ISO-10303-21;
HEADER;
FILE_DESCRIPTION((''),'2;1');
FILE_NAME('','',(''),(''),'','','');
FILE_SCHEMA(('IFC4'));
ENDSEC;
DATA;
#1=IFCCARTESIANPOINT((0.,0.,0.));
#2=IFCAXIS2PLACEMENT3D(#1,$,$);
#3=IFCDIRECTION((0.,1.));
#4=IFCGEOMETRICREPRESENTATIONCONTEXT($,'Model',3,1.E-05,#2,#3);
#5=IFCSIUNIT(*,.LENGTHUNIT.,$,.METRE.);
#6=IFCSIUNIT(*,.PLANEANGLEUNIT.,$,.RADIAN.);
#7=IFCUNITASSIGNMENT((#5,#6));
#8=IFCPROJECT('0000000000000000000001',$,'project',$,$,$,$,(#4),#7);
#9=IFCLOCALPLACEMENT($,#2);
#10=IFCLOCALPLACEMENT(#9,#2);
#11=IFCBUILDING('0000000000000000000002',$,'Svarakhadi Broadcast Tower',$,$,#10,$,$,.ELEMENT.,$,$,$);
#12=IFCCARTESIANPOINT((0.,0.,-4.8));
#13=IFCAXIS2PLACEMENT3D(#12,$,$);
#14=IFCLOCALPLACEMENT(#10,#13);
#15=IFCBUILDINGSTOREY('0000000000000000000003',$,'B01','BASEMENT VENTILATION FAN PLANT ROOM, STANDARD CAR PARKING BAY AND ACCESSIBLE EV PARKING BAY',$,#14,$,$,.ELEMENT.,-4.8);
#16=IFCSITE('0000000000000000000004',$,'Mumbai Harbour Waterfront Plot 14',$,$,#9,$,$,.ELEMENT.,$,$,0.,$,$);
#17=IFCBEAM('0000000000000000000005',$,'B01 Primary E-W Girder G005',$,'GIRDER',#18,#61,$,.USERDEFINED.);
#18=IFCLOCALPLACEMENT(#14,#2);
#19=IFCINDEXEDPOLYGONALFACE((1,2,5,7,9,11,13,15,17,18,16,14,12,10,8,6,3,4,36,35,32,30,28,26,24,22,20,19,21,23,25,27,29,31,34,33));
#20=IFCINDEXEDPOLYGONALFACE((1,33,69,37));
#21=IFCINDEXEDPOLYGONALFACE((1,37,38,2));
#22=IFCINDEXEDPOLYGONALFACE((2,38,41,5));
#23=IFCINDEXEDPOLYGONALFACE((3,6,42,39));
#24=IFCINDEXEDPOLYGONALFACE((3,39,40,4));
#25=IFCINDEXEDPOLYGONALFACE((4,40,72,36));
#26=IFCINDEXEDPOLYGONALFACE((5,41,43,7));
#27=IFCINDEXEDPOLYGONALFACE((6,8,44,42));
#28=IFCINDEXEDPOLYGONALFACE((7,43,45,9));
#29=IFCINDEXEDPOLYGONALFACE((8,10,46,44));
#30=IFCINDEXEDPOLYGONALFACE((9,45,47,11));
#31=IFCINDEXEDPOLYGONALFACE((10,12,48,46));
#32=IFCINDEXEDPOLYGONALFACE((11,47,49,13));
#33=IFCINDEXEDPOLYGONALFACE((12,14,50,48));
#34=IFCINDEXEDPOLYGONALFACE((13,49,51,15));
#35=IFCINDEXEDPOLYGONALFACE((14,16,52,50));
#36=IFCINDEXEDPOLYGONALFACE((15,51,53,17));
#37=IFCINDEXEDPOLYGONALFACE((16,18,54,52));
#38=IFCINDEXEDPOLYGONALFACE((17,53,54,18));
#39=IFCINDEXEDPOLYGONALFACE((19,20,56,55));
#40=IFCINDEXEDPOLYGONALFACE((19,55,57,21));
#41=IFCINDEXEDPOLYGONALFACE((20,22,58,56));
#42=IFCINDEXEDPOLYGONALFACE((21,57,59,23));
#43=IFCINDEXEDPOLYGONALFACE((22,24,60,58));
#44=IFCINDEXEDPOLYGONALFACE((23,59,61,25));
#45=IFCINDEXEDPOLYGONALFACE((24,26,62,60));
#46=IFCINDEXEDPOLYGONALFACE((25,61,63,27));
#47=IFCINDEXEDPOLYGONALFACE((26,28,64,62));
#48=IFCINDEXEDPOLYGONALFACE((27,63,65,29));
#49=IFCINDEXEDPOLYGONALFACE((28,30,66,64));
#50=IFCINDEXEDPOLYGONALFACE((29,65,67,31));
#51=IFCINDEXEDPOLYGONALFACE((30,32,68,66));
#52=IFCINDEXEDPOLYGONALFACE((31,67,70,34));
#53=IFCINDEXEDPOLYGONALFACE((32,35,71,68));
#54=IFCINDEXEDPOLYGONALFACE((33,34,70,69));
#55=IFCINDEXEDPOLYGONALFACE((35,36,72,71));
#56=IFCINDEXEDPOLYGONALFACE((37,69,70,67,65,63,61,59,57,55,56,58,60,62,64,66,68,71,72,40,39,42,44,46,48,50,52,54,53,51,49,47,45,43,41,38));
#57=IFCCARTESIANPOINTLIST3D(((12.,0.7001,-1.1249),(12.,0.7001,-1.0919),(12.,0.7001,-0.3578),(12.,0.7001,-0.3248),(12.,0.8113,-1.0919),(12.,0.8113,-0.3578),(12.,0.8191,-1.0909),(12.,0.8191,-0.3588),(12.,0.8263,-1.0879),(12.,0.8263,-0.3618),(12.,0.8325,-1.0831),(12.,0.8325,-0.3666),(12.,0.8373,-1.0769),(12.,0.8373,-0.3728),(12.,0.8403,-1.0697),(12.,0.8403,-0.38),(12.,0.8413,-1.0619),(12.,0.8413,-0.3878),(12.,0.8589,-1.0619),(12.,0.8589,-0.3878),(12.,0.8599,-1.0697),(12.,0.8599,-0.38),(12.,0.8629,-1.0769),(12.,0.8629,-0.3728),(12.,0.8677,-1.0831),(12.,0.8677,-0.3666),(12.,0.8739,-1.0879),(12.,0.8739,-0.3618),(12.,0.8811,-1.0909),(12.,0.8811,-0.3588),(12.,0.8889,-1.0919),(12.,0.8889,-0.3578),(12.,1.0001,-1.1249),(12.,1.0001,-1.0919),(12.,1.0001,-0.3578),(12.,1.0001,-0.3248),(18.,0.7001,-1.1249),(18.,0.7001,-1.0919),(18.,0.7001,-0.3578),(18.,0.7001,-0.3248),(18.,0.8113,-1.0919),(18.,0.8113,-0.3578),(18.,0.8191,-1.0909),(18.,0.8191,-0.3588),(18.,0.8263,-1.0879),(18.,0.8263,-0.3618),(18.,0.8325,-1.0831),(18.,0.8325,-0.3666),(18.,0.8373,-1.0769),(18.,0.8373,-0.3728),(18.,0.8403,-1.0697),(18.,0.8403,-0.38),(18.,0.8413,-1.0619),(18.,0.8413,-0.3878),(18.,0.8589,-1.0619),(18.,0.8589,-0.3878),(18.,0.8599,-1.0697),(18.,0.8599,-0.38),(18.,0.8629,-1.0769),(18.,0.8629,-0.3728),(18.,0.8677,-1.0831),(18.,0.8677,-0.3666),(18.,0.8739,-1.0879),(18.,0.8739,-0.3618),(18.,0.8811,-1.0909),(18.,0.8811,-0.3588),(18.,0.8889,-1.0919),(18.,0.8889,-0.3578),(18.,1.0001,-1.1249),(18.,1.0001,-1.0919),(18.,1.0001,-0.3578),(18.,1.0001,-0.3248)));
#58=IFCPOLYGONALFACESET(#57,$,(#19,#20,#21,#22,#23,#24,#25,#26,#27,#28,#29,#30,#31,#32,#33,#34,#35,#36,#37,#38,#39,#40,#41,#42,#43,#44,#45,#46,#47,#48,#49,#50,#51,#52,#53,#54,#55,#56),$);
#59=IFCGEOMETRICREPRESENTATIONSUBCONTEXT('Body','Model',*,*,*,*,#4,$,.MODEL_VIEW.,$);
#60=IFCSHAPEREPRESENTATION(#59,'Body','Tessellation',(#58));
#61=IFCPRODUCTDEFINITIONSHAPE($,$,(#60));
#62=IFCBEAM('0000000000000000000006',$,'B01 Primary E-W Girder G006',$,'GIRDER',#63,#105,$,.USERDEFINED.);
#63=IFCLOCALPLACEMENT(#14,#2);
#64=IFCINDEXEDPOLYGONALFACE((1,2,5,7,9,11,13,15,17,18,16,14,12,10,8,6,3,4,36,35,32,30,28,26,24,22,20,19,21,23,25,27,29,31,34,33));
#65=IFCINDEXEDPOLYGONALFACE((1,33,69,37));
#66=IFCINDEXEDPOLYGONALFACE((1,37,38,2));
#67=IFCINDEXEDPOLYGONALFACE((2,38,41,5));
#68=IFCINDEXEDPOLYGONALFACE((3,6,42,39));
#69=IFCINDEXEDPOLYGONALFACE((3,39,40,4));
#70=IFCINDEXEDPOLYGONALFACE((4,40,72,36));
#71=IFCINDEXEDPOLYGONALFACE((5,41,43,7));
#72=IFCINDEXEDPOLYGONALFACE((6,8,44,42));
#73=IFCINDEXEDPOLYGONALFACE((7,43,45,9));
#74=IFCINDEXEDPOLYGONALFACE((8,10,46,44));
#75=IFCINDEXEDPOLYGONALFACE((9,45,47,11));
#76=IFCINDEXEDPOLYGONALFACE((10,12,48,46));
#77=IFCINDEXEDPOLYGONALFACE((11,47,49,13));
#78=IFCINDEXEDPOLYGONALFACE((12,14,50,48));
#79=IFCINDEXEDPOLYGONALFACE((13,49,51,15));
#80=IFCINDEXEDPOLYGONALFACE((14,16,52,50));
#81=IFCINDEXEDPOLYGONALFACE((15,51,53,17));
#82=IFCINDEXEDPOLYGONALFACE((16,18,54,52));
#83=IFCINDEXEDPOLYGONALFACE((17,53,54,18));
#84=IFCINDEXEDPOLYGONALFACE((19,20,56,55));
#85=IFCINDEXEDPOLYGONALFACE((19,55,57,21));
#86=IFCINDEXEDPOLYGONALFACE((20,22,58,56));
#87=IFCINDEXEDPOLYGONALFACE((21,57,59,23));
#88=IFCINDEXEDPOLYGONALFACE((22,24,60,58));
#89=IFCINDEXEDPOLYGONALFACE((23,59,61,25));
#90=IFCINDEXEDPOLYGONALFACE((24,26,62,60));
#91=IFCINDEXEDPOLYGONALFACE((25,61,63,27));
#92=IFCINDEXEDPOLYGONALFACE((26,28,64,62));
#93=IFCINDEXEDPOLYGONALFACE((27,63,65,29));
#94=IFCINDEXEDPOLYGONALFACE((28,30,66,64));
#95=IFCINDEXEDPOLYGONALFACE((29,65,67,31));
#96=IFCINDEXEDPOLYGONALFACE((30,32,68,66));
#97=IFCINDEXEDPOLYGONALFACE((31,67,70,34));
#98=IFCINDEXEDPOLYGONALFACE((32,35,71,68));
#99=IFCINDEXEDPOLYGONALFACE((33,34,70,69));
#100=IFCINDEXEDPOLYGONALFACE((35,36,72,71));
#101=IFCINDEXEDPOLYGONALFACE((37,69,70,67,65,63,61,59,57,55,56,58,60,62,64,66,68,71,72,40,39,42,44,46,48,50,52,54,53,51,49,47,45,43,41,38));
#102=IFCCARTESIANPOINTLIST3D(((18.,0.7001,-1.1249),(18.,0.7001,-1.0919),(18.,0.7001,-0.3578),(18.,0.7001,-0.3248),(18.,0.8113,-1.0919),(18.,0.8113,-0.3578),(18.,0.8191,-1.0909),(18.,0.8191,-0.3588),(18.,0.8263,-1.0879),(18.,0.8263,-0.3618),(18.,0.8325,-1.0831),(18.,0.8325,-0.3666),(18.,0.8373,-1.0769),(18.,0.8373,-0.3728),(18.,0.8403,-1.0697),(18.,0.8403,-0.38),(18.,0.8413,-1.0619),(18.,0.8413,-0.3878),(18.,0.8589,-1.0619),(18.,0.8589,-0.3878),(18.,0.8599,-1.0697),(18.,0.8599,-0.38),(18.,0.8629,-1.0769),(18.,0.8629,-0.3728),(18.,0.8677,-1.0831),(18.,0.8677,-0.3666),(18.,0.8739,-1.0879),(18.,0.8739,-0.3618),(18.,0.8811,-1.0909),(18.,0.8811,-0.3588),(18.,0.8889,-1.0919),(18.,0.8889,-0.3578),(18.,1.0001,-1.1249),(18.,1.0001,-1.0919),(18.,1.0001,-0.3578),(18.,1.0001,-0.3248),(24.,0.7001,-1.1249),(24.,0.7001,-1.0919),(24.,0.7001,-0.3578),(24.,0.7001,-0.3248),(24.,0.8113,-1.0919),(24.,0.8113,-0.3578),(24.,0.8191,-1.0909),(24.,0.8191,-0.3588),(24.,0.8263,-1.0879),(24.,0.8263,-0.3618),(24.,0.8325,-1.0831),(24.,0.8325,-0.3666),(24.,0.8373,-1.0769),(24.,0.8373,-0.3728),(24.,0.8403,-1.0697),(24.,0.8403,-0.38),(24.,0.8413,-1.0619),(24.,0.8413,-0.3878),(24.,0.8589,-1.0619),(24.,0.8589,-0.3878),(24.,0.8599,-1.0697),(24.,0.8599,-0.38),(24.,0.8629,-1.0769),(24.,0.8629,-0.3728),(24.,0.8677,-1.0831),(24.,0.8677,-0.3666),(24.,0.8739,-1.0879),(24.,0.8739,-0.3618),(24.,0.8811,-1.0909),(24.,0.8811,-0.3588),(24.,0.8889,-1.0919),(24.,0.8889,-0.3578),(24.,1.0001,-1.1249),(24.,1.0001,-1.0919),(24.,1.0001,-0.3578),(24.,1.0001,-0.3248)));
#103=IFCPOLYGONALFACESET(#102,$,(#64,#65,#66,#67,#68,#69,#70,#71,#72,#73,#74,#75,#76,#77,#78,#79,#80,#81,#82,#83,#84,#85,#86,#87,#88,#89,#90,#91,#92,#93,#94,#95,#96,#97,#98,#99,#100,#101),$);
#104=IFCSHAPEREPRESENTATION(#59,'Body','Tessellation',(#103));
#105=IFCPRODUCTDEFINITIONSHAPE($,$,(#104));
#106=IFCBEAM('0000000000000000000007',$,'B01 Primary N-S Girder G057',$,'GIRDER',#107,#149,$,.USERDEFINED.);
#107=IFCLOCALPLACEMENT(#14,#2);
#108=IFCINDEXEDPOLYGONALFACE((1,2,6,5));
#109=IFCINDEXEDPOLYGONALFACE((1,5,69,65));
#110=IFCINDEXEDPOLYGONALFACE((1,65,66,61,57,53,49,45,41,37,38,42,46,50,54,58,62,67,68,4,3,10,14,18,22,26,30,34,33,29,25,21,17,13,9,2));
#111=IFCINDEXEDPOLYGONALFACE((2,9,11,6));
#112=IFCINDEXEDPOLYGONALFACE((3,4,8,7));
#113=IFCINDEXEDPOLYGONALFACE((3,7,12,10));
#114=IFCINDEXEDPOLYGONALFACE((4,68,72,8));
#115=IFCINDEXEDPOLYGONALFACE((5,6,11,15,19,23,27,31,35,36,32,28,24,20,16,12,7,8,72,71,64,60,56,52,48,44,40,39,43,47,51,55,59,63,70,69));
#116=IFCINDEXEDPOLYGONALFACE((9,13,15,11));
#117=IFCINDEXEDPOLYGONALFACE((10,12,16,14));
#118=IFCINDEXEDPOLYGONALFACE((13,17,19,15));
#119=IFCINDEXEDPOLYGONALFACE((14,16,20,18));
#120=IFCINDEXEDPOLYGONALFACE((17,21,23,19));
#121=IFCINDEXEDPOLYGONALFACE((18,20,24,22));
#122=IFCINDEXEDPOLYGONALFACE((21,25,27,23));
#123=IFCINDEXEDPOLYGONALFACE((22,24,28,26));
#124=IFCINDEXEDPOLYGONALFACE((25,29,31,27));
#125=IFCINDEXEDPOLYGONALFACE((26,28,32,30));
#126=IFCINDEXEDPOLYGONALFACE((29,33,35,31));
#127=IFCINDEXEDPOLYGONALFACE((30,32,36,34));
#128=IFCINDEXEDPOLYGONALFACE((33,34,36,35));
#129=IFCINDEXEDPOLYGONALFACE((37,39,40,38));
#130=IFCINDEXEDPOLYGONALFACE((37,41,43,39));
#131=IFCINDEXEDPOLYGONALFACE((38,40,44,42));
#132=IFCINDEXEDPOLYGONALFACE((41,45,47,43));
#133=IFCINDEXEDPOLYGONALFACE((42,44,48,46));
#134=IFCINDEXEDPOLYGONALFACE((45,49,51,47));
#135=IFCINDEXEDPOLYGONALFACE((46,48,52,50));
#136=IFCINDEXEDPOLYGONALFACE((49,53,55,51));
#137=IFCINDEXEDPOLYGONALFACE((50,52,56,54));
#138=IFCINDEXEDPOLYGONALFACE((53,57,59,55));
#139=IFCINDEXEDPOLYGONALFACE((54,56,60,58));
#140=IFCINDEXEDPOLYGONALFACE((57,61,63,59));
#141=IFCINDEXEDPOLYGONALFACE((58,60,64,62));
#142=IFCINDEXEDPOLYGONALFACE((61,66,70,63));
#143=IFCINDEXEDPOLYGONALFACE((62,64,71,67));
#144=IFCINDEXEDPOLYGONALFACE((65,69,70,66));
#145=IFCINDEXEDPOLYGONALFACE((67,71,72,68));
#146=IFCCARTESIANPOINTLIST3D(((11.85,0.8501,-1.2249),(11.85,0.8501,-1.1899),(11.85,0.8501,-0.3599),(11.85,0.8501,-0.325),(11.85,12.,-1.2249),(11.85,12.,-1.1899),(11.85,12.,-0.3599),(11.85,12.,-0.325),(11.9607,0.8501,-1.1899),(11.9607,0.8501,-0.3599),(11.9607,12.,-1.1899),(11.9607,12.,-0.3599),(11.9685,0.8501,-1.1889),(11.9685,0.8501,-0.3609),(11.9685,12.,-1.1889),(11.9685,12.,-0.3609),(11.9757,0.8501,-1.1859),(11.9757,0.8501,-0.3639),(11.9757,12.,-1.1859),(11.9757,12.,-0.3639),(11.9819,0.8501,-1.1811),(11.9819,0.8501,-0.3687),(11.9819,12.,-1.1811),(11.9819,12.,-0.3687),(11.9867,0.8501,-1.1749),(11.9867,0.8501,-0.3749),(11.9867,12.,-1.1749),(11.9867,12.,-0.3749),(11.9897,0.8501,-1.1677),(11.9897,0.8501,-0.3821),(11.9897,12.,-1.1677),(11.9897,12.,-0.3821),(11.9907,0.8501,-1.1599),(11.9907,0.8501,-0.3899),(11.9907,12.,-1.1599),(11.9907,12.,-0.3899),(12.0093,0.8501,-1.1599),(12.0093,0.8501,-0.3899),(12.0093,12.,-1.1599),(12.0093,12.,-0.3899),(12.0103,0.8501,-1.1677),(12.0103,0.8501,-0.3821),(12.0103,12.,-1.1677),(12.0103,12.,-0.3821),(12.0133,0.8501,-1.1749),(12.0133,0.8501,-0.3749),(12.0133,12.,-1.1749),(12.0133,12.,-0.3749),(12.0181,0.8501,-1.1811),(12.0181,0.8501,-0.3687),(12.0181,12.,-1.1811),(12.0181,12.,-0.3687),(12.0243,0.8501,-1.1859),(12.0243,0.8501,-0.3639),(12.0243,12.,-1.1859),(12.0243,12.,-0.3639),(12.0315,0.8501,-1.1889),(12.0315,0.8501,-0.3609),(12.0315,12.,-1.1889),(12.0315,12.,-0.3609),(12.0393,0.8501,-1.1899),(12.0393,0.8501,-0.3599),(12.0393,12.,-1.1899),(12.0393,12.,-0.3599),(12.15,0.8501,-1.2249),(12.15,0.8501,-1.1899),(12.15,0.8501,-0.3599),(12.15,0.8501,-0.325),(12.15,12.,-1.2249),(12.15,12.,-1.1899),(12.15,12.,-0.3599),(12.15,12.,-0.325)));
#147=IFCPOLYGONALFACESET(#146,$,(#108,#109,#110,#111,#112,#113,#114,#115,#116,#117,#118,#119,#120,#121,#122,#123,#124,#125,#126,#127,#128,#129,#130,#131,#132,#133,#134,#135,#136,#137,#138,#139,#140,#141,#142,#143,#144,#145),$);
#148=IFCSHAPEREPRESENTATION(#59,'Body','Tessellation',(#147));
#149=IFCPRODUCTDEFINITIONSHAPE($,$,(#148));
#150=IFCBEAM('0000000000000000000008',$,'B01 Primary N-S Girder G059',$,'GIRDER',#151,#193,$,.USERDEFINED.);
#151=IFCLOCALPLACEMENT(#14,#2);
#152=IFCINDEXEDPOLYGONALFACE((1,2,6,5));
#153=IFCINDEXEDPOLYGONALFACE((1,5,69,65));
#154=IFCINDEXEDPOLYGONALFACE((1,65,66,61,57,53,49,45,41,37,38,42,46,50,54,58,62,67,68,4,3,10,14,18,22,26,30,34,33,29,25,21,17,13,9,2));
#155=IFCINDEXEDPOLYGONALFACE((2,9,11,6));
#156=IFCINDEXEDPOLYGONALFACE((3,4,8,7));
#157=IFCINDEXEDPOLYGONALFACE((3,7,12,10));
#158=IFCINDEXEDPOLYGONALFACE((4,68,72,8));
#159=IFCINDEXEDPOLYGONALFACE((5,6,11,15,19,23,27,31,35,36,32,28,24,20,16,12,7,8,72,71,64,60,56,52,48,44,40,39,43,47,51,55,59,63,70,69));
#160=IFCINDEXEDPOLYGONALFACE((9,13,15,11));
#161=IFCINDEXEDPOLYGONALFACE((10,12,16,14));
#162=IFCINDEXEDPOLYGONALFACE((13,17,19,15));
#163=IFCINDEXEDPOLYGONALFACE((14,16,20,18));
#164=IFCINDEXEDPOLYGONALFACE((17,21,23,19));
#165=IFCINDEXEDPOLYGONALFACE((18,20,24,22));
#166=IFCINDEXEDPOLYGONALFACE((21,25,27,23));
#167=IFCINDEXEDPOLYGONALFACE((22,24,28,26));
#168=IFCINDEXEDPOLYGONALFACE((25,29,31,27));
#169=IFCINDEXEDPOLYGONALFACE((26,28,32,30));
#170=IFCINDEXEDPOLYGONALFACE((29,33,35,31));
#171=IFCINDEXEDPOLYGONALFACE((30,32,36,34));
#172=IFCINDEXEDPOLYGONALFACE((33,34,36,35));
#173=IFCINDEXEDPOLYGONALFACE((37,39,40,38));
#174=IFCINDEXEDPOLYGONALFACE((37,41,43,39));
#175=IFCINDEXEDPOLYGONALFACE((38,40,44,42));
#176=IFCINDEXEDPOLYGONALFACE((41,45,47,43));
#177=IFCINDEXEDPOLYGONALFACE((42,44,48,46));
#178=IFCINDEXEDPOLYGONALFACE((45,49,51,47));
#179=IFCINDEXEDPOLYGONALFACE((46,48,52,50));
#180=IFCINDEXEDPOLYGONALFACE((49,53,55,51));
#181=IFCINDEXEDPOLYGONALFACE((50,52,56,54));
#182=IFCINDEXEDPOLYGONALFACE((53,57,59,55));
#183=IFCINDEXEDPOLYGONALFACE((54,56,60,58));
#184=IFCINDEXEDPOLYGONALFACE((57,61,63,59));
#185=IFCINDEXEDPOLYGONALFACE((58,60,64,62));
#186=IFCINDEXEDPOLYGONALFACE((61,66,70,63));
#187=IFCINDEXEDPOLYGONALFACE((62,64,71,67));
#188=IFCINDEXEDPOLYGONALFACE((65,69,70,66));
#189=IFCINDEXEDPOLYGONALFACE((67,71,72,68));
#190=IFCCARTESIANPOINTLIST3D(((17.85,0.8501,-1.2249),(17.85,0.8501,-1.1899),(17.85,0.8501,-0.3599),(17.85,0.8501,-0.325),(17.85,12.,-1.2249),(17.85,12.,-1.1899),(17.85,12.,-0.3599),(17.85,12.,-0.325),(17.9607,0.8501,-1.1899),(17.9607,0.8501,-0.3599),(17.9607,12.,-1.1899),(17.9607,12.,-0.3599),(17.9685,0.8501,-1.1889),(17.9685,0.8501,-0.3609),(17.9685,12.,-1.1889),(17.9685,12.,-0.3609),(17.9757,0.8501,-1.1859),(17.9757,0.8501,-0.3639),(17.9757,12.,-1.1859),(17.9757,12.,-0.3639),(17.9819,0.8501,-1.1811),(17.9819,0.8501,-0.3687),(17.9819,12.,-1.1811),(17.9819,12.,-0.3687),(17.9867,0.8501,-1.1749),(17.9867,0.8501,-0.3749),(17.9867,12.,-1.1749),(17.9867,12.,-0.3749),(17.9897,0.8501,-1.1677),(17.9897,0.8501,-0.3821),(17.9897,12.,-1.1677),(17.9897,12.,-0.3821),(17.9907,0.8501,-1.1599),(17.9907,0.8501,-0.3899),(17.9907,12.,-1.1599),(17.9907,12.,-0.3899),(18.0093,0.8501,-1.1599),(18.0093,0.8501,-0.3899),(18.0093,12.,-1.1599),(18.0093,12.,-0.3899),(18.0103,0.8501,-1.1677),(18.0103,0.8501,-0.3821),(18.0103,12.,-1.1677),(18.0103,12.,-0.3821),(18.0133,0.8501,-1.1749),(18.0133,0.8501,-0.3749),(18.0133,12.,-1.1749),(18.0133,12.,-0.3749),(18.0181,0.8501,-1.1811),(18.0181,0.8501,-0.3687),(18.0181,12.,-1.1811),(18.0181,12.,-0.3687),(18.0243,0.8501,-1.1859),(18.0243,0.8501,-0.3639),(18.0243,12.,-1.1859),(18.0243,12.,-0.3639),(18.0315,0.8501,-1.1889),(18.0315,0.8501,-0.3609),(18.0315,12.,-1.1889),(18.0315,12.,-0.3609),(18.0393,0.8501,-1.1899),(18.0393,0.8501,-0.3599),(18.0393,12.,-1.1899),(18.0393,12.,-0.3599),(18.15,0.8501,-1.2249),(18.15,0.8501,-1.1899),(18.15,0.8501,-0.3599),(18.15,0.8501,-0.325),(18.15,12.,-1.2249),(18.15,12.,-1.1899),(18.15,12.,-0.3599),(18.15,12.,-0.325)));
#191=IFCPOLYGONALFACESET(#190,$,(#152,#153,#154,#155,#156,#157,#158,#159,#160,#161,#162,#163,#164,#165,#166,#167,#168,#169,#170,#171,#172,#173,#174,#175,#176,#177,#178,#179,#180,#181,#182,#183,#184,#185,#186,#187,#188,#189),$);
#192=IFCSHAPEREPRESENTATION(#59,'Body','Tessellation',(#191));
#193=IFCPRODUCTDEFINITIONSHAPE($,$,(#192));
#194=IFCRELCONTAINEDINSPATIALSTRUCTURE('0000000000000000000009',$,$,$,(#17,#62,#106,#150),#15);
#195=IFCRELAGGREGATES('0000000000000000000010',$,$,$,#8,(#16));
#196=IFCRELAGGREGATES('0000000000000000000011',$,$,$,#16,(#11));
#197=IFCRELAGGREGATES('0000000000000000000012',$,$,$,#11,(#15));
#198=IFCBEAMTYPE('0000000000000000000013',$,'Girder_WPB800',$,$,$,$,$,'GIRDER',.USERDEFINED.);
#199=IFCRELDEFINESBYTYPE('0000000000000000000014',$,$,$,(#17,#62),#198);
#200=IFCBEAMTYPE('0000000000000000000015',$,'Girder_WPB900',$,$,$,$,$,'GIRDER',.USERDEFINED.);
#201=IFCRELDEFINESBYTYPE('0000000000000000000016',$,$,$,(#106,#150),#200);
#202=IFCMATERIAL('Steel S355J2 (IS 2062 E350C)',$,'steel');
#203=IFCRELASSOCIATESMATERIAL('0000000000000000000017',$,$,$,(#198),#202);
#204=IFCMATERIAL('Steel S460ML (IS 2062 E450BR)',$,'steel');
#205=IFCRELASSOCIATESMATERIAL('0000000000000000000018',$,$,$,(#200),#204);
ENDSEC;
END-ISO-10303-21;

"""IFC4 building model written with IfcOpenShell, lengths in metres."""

from ifc_helpers import new_model, si_unit, direction, frame, origin, origin_2d, place, context, subcontext, project, spatial, i_section, extrude, material, material_profile, profile_set, type_object, element, save


model = new_model("IFC4")

# Units and contexts
model_context = context("Model", 3, precision=1e-05, world=origin(), true_north=direction((0.0, 1.0)))
body_context = subcontext(model_context, "Body", "Model", "MODEL_VIEW")
ifc_project = project(units=[si_unit("LENGTHUNIT", "METRE"), si_unit("PLANEANGLEUNIT", "RADIAN")], contexts=[model_context])

# Site, building, storey
site_placement = place(None, origin())
site = spatial("IfcSite", under=ifc_project, at=site_placement, Name="Mumbai Harbour Waterfront Plot 14", CompositionType="ELEMENT", RefElevation=0.0)
building_placement = place(site_placement, origin())
building = spatial("IfcBuilding", under=site, at=building_placement, Name="Svarakhadi Broadcast Tower", CompositionType="ELEMENT")
storey_placement = place(building_placement, frame((0.0, 0.0, -4.8)))
storey = spatial("IfcBuildingStorey", under=building, at=storey_placement, Name="B01", Description="BASEMENT VENTILATION FAN PLANT ROOM, STANDARD CAR PARKING BAY AND ACCESSIBLE EV PARKING BAY", CompositionType="ELEMENT", Elevation=-4.8)

# Shared definitions
ifc_material_1 = material(Name="Steel S460ML (IS 2062 E450BR)", Category="steel")

# Beams
ifc_material_2 = material(Name="Steel S355J2 (IS 2062 E350C)", Category="steel")
ifc_material_profile_1 = material_profile(ifc_material_2, i_section(OverallWidth=0.3, OverallDepth=0.8, WebThickness=0.0176, FlangeThickness=0.033, FilletRadius=0.03, at=origin_2d()), Name="WPB 800x300x262")
ifc_profile_set_1 = profile_set([ifc_material_profile_1], Name="Steel S355J2 (IS 2062 E350C)")
beam_type_1 = type_object("IfcBeamType", Name="Girder_WPB800", ElementType="GIRDER", PredefinedType="USERDEFINED", material=ifc_profile_set_1)
for number, where, z_axis, x_axis, name in (
    (1, (12.0, 0.8501, -0.7249), (1.0, 0.0, 0.0), (0.0, 1.0, 0.0), "B01 Primary E-W Girder G005"),
    (2, (18.0, 0.8501, -0.7249), (1.0, 0.0, 0.0), (0.0, 1.0, 0.0), "B01 Primary E-W Girder G006"),
):
    element("IfcBeam", number, at=place(storey_placement, frame(where, z_axis=z_axis, x_axis=x_axis)), inside=storey, type_object=beam_type_1, Name=name, ObjectType="GIRDER", PredefinedType="USERDEFINED", context=body_context, shape_type="SweptSolid", body=[
        extrude(i_section(OverallWidth=0.3, OverallDepth=0.8, WebThickness=0.0176, FlangeThickness=0.033, FilletRadius=0.03, at=origin_2d()), origin(), (0.0, 0.0, 1.0), 6.0),
    ])
ifc_material_profile_2 = material_profile(ifc_material_1, i_section(OverallWidth=0.3, OverallDepth=0.8999, WebThickness=0.0186, FlangeThickness=0.0349, FilletRadius=0.03, at=origin_2d()), Name="WPB 900x300x291")
ifc_profile_set_2 = profile_set([ifc_material_profile_2], Name="Steel S460ML (IS 2062 E450BR)")
beam_type_2 = type_object("IfcBeamType", Name="Girder_WPB900", ElementType="GIRDER", PredefinedType="USERDEFINED", material=ifc_profile_set_2)
for number, where, z_axis, x_axis, name in (
    (3, (12.0, 0.8501, -0.7749), (0.0, 1.0, 0.0), (-1.0, 0.0, 0.0), "B01 Primary N-S Girder G057"),
    (4, (18.0, 0.8501, -0.7749), (0.0, 1.0, 0.0), (-1.0, 0.0, 0.0), "B01 Primary N-S Girder G059"),
):
    element("IfcBeam", number, at=place(storey_placement, frame(where, z_axis=z_axis, x_axis=x_axis)), inside=storey, type_object=beam_type_2, Name=name, ObjectType="GIRDER", PredefinedType="USERDEFINED", context=body_context, shape_type="SweptSolid", body=[
        extrude(i_section(OverallWidth=0.3, OverallDepth=0.8999, WebThickness=0.0186, FlangeThickness=0.0349, FilletRadius=0.03, at=origin_2d()), origin(), (0.0, 0.0, 1.0), 11.1499),
    ])

save(model, "model.ifc")
